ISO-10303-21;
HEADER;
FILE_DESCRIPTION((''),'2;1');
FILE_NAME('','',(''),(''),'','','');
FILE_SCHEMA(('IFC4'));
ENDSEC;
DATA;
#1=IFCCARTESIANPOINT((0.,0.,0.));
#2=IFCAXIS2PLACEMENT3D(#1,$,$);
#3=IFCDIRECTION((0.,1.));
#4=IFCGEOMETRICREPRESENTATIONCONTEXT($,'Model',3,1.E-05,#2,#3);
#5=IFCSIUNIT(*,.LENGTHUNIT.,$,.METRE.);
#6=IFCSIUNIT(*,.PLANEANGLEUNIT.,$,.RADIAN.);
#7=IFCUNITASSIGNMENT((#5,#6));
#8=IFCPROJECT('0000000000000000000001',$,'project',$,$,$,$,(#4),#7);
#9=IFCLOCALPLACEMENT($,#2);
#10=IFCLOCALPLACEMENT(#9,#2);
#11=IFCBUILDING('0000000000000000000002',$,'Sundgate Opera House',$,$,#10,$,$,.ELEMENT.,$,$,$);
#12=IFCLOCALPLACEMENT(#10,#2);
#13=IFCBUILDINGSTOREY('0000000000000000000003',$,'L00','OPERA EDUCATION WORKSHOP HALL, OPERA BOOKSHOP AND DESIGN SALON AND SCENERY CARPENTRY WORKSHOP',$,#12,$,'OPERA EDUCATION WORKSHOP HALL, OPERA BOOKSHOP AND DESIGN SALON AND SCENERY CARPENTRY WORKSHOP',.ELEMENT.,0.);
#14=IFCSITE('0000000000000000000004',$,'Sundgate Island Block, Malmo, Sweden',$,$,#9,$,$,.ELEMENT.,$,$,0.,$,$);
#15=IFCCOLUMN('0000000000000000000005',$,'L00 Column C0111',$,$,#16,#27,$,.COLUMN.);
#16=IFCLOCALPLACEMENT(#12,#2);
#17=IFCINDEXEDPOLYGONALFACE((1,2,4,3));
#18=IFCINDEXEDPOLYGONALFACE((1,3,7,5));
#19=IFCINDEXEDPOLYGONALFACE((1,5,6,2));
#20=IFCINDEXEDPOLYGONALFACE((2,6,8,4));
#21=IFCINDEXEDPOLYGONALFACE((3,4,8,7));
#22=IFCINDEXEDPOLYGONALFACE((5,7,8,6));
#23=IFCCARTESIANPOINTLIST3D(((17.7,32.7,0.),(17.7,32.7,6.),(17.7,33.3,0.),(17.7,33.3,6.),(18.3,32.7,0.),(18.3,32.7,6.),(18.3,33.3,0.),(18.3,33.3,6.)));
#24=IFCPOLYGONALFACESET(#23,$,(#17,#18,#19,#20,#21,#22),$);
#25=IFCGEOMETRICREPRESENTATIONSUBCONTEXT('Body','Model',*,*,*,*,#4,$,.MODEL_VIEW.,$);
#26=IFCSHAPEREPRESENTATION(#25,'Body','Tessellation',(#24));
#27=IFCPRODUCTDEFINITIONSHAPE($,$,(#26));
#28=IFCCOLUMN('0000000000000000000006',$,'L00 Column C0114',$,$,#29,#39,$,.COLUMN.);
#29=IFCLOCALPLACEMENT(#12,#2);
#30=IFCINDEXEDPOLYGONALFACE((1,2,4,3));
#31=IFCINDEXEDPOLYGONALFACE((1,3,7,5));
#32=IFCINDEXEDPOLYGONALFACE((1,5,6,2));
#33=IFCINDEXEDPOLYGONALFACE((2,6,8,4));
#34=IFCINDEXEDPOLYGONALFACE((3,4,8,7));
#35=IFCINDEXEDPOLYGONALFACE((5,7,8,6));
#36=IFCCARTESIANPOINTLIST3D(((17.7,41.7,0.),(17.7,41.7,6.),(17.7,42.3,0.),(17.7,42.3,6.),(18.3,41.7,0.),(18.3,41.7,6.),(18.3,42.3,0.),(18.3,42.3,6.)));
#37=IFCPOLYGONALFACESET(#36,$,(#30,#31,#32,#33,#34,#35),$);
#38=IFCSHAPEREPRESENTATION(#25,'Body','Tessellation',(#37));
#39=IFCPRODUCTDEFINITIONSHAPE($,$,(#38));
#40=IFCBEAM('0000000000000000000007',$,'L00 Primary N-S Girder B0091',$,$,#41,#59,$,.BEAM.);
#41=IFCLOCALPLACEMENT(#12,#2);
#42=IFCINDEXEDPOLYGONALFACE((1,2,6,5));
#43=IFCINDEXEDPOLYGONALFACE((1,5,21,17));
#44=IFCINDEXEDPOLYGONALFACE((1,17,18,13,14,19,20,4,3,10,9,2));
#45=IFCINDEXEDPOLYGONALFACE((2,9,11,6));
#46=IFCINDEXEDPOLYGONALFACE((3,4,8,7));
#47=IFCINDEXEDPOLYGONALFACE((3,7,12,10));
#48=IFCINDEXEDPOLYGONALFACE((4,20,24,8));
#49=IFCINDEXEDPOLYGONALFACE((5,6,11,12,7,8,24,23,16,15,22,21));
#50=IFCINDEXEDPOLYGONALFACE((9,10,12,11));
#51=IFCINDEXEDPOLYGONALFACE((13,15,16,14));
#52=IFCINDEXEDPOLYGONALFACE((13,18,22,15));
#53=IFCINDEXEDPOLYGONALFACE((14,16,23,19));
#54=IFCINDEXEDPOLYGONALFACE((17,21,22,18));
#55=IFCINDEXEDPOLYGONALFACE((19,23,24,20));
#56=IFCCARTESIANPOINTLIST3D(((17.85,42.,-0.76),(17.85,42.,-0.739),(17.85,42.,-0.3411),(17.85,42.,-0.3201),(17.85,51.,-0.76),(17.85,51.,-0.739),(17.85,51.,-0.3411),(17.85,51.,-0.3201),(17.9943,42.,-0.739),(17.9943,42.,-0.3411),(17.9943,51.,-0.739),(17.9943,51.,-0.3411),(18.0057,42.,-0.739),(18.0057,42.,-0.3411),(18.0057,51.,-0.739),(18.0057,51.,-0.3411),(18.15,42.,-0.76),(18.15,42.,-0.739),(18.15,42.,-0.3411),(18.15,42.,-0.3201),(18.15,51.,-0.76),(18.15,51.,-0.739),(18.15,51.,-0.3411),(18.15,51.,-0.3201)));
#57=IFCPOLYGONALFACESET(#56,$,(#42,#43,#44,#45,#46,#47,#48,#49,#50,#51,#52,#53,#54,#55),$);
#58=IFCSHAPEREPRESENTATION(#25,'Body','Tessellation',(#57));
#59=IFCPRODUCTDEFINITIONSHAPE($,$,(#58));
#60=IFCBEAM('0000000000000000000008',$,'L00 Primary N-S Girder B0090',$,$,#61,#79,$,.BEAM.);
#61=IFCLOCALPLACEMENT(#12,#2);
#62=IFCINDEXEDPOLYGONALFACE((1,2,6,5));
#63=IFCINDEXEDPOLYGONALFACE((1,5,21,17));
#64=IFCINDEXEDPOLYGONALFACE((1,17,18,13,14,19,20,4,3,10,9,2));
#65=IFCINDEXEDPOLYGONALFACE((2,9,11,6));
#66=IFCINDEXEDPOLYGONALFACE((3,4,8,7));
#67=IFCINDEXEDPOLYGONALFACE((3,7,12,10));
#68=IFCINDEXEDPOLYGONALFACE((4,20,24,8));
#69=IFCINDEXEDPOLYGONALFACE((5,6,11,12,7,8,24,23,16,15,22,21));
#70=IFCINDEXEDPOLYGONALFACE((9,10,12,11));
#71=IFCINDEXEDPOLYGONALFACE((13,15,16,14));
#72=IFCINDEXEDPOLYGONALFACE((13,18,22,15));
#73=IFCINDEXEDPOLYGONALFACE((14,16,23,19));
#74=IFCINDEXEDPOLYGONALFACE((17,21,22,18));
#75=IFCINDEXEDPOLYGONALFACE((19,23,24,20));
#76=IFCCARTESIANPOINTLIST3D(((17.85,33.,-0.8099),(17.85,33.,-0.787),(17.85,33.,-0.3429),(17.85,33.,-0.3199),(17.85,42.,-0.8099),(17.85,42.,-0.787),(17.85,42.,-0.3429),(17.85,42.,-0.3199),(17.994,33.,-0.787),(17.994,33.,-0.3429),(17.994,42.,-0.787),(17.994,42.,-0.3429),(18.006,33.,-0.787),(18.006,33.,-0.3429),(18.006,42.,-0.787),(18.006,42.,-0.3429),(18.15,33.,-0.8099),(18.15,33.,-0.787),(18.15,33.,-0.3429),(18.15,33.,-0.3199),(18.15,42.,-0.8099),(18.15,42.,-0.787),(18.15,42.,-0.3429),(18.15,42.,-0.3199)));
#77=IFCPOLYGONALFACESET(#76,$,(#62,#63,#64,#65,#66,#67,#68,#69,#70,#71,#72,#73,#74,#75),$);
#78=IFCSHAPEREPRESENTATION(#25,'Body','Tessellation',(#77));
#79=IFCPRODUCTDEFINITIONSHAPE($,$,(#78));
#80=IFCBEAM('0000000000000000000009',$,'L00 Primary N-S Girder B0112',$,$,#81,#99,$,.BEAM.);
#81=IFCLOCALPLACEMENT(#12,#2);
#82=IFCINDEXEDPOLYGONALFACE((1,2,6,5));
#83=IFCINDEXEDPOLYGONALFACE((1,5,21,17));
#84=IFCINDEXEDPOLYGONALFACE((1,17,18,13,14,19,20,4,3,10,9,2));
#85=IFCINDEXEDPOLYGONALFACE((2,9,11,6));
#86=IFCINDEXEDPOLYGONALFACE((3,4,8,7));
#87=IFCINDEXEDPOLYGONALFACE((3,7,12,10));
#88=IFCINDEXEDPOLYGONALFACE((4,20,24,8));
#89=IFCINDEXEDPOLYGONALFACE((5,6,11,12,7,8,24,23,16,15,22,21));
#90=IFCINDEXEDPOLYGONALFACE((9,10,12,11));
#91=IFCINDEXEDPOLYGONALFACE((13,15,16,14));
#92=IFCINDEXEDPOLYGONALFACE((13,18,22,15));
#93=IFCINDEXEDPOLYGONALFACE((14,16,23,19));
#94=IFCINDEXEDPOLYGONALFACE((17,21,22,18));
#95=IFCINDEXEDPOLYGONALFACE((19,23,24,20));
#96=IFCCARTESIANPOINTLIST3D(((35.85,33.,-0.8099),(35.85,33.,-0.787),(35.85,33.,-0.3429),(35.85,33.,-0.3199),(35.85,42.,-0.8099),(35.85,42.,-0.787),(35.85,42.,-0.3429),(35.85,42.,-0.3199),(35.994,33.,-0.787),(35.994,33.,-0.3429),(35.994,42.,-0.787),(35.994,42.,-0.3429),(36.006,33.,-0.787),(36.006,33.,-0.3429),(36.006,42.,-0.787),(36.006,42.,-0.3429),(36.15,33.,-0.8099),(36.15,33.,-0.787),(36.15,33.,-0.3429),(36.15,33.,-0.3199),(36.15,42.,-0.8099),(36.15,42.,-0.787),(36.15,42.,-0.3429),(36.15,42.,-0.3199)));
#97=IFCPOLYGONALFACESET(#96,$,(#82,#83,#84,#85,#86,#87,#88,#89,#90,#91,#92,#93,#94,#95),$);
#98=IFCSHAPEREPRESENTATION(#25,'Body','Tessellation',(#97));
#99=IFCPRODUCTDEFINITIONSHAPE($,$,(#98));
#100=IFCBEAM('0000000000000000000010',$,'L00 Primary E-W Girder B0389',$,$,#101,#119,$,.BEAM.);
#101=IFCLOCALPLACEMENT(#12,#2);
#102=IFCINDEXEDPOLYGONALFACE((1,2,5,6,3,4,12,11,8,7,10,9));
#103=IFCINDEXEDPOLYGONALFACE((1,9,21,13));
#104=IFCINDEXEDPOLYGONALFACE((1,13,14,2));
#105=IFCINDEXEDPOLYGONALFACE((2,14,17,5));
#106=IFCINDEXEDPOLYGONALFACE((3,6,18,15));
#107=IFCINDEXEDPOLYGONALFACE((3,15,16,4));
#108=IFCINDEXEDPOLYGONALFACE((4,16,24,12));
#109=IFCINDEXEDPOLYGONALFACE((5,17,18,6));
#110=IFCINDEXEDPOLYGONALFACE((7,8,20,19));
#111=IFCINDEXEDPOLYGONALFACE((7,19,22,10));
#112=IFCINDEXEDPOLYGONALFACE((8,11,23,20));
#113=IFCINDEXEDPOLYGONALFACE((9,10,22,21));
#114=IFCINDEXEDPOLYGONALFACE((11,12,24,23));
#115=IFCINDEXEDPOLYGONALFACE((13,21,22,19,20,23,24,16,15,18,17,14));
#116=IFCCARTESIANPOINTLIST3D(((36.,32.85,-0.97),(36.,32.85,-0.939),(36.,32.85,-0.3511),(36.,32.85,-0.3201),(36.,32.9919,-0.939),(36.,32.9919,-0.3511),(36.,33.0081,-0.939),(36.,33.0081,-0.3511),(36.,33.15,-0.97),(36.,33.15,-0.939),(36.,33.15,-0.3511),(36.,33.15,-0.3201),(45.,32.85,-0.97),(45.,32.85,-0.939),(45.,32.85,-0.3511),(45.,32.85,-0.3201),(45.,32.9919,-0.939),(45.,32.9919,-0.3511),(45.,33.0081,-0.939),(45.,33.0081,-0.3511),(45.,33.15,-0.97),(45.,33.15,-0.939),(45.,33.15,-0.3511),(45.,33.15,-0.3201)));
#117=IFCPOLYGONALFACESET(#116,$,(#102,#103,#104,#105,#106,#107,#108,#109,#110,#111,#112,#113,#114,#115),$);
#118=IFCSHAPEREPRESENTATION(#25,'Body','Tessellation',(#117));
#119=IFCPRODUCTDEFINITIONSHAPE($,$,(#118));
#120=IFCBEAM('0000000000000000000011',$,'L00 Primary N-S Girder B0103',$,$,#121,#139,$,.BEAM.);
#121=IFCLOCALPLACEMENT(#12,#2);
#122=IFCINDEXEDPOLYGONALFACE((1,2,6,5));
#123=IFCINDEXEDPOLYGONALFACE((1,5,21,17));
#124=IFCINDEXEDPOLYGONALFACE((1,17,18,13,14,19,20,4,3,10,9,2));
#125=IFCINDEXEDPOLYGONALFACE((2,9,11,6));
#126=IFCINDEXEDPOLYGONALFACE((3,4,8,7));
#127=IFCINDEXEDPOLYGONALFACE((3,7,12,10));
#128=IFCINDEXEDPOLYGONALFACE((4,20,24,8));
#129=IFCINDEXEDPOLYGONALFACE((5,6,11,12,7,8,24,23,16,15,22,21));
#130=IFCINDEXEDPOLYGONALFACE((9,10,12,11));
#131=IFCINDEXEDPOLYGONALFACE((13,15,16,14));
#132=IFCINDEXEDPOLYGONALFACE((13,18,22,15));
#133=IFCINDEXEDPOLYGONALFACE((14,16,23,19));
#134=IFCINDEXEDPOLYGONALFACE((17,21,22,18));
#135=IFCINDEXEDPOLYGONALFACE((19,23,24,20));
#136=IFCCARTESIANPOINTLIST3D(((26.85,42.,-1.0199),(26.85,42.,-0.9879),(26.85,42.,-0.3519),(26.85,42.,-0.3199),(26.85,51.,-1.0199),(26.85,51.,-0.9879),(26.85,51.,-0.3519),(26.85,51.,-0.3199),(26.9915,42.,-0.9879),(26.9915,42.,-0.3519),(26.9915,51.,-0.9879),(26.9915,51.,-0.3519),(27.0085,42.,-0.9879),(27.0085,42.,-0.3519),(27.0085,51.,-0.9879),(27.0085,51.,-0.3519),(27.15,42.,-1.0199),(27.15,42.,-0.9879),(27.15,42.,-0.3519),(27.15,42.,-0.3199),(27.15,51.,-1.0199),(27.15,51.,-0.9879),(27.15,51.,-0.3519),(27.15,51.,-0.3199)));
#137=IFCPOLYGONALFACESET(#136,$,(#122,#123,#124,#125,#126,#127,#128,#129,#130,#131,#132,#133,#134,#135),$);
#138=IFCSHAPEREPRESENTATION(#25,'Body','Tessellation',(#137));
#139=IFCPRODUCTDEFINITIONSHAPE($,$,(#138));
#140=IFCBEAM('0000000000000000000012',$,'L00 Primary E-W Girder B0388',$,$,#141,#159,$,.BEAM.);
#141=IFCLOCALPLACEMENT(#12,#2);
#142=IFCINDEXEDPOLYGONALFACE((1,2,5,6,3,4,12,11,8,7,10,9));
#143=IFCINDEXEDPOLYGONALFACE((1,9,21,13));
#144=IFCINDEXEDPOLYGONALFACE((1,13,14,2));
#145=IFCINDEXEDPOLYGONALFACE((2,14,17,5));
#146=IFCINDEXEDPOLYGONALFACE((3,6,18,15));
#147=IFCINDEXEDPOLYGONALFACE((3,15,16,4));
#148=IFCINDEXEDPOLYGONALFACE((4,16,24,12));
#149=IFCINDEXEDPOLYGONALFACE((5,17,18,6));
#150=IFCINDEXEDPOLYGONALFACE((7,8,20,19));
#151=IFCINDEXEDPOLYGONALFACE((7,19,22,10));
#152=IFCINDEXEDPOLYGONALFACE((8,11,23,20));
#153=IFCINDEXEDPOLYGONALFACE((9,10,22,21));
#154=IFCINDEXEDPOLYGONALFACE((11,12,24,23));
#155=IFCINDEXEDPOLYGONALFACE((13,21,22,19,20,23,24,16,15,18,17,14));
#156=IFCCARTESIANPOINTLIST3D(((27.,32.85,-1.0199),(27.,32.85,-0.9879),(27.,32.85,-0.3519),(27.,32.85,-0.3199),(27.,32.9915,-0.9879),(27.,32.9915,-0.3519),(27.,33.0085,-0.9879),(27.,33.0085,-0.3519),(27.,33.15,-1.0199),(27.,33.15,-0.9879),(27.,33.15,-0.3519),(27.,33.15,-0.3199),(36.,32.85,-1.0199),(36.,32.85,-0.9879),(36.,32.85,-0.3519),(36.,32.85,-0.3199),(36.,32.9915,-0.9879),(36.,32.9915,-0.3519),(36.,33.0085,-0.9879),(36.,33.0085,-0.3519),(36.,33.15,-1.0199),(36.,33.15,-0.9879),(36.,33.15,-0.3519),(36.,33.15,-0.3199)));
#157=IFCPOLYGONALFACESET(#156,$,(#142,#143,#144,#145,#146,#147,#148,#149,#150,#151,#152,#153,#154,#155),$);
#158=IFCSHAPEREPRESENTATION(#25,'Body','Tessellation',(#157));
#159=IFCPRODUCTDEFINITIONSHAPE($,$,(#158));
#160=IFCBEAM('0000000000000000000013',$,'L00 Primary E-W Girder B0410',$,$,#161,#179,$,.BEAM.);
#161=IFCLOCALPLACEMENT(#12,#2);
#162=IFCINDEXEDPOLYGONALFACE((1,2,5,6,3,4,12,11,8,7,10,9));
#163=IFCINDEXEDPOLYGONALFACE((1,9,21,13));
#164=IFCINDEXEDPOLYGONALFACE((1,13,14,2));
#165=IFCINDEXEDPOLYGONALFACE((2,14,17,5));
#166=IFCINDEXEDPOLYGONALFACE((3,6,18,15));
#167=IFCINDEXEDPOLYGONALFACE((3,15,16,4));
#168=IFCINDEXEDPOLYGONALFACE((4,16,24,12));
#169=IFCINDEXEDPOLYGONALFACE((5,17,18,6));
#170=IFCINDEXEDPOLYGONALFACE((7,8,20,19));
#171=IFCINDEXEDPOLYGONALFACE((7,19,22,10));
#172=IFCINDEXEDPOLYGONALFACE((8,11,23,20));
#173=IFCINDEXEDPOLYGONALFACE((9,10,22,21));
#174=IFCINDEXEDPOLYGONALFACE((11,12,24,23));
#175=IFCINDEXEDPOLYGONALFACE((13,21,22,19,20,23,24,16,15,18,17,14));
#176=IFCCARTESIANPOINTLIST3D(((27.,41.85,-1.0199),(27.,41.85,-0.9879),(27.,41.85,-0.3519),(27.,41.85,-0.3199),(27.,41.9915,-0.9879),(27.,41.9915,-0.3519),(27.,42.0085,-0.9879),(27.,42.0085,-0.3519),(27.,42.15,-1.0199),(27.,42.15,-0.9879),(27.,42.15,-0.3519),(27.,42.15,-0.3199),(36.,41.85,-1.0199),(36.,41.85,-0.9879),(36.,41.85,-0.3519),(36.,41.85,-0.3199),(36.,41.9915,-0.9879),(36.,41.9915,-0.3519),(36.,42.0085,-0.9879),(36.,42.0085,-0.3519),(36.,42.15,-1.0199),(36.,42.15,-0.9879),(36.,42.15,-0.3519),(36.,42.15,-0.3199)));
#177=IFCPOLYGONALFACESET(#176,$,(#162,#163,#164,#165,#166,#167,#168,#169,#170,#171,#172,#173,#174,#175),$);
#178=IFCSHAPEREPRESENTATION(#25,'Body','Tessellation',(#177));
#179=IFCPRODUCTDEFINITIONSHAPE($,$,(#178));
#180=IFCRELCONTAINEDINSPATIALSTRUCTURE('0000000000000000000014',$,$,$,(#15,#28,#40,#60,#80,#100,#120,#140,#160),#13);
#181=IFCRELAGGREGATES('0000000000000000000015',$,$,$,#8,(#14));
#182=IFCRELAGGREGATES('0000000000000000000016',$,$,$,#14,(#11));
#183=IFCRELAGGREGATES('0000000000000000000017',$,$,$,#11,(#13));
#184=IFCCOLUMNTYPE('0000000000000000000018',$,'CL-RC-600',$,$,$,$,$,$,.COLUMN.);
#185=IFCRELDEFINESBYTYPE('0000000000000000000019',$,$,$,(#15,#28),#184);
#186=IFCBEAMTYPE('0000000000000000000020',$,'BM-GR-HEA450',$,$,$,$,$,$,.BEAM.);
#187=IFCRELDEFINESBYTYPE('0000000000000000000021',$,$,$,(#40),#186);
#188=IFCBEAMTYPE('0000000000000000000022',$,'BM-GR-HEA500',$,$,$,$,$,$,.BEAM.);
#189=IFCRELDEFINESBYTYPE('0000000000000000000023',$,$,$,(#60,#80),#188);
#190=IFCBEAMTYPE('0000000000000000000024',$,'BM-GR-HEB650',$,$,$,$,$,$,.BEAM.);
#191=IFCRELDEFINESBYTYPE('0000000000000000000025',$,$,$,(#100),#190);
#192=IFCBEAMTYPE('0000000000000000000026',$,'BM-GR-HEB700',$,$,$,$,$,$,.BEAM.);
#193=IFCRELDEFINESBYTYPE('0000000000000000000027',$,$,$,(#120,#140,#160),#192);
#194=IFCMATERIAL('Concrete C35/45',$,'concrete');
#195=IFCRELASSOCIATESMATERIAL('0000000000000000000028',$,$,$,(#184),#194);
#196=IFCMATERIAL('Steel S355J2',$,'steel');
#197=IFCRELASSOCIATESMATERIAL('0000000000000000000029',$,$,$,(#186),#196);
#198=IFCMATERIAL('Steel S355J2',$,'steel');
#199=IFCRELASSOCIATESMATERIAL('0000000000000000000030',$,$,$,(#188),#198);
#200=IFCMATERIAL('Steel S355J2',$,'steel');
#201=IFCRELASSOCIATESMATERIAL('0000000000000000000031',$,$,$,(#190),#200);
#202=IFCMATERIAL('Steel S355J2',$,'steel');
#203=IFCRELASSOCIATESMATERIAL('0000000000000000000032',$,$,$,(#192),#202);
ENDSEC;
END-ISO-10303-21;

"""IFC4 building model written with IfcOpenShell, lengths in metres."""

from ifc_helpers import new_model, si_unit, direction, frame, origin, origin_2d, place, context, subcontext, project, spatial, rectangle, i_section, extrude, material, material_profile, profile_set, type_object, element, save


model = new_model("IFC4")

# Units and contexts
model_context = context("Model", 3, precision=1e-05, world=origin(), true_north=direction((0.0, 1.0)))
body_context = subcontext(model_context, "Body", "Model", "MODEL_VIEW")
ifc_project = project(units=[si_unit("LENGTHUNIT", "METRE"), si_unit("PLANEANGLEUNIT", "RADIAN")], contexts=[model_context])

# Site, building, storey
site_placement = place(None, origin())
site = spatial("IfcSite", under=ifc_project, at=site_placement, Name="Sundgate Island Block, Malmo, Sweden", CompositionType="ELEMENT", RefElevation=0.0)
building_placement = place(site_placement, origin())
building = spatial("IfcBuilding", under=site, at=building_placement, Name="Sundgate Opera House", CompositionType="ELEMENT")
storey_placement = place(building_placement, origin())
storey = spatial("IfcBuildingStorey", under=building, at=storey_placement, Name="L00", Description="OPERA EDUCATION WORKSHOP HALL, OPERA BOOKSHOP AND DESIGN SALON AND SCENERY CARPENTRY WORKSHOP", LongName="OPERA EDUCATION WORKSHOP HALL, OPERA BOOKSHOP AND DESIGN SALON AND SCENERY CARPENTRY WORKSHOP", CompositionType="ELEMENT", Elevation=0.0)

# Columns
ifc_material_1 = material(Name="Concrete C35/45", Category="concrete")
ifc_material_profile_1 = material_profile(ifc_material_1, rectangle(XDim=0.6001, YDim=0.6001, at=origin_2d()), Name="RC 600x600")
ifc_profile_set_1 = profile_set([ifc_material_profile_1], Name="Concrete C35/45")
column_type = type_object("IfcColumnType", Name="CL-RC-600", PredefinedType="COLUMN", material=ifc_profile_set_1)
for number, where, z_axis, x_axis, name in (
    (1, (18.0, 33.0, 0.0), (0.0, 0.0, 1.0), (1.0, 0.0, 0.0), "L00 Column C0111"),
    (2, (18.0, 42.0, 0.0), (0.0, 0.0, 1.0), (1.0, 0.0, 0.0), "L00 Column C0114"),
):
    element("IfcColumn", number, at=place(storey_placement, frame(where, z_axis=z_axis, x_axis=x_axis)), inside=storey, type_object=column_type, Name=name, PredefinedType="COLUMN", context=body_context, shape_type="SweptSolid", body=[
        extrude(rectangle(XDim=0.6001, YDim=0.6001, at=origin_2d()), origin(), (0.0, 0.0, 1.0), 6.0),
    ])

# Beams
ifc_material_2 = material(Name="Steel S355J2", Category="steel")
ifc_material_profile_2 = material_profile(ifc_material_2, i_section(OverallWidth=0.3, OverallDepth=0.4399, WebThickness=0.0115, FlangeThickness=0.021, at=origin_2d()), Name="HEA 450")
ifc_profile_set_2 = profile_set([ifc_material_profile_2], Name="Steel S355J2")
beam_type_1 = type_object("IfcBeamType", Name="BM-GR-HEA450", PredefinedType="BEAM", material=ifc_profile_set_2)
beam_1_placement = place(storey_placement, frame((18.0, 42.0, -0.54), z_axis=(0.0, 1.0, 0.0), x_axis=(-1.0, 0.0, 0.0)))
element("IfcBeam", 3, at=beam_1_placement, inside=storey, type_object=beam_type_1, Name="L00 Primary N-S Girder B0091", PredefinedType="BEAM", context=body_context, shape_type="SweptSolid", body=[
    extrude(i_section(OverallWidth=0.3, OverallDepth=0.4399, WebThickness=0.0115, FlangeThickness=0.021, at=origin_2d()), origin(), (0.0, 0.0, 1.0), 9.0),
])
ifc_material_3 = material(Name="Steel S355J2", Category="steel")
ifc_material_profile_3 = material_profile(ifc_material_3, i_section(OverallWidth=0.3, OverallDepth=0.49, WebThickness=0.012, FlangeThickness=0.0229, at=origin_2d()), Name="HEA 500")
ifc_profile_set_3 = profile_set([ifc_material_profile_3], Name="Steel S355J2")
beam_type_2 = type_object("IfcBeamType", Name="BM-GR-HEA500", PredefinedType="BEAM", material=ifc_profile_set_3)
for number, where, z_axis, x_axis, name in (
    (4, (18.0, 33.0, -0.5649), (0.0, 1.0, 0.0), (-1.0, 0.0, 0.0), "L00 Primary N-S Girder B0090"),
    (5, (36.0, 33.0, -0.5649), (0.0, 1.0, 0.0), (-1.0, 0.0, 0.0), "L00 Primary N-S Girder B0112"),
):
    element("IfcBeam", number, at=place(storey_placement, frame(where, z_axis=z_axis, x_axis=x_axis)), inside=storey, type_object=beam_type_2, Name=name, PredefinedType="BEAM", context=body_context, shape_type="SweptSolid", body=[
        extrude(i_section(OverallWidth=0.3, OverallDepth=0.49, WebThickness=0.012, FlangeThickness=0.0229, at=origin_2d()), origin(), (0.0, 0.0, 1.0), 9.0),
    ])
ifc_material_4 = material(Name="Steel S355J2", Category="steel")
ifc_material_profile_4 = material_profile(ifc_material_4, i_section(OverallWidth=0.3, OverallDepth=0.6499, WebThickness=0.0161, FlangeThickness=0.031, at=origin_2d()), Name="HEB 650")
ifc_profile_set_4 = profile_set([ifc_material_profile_4], Name="Steel S355J2")
beam_type_3 = type_object("IfcBeamType", Name="BM-GR-HEB650", PredefinedType="BEAM", material=ifc_profile_set_4)
beam_2_placement = place(storey_placement, frame((36.0, 33.0, -0.645), z_axis=(1.0, 0.0, 0.0), x_axis=(0.0, 1.0, 0.0)))
element("IfcBeam", 6, at=beam_2_placement, inside=storey, type_object=beam_type_3, Name="L00 Primary E-W Girder B0389", PredefinedType="BEAM", context=body_context, shape_type="SweptSolid", body=[
    extrude(i_section(OverallWidth=0.3, OverallDepth=0.6499, WebThickness=0.0161, FlangeThickness=0.031, at=origin_2d()), origin(), (0.0, 0.0, 1.0), 9.0),
])
ifc_material_5 = material(Name="Steel S355J2", Category="steel")
ifc_material_profile_5 = material_profile(ifc_material_5, i_section(OverallWidth=0.3, OverallDepth=0.7, WebThickness=0.0171, FlangeThickness=0.032, at=origin_2d()), Name="HEB 700")
ifc_profile_set_5 = profile_set([ifc_material_profile_5], Name="Steel S355J2")
beam_type_4 = type_object("IfcBeamType", Name="BM-GR-HEB700", PredefinedType="BEAM", material=ifc_profile_set_5)
for number, where, z_axis, x_axis, name in (
    (7, (27.0, 42.0, -0.6699), (0.0, 1.0, 0.0), (-1.0, 0.0, 0.0), "L00 Primary N-S Girder B0103"),
    (8, (27.0, 33.0, -0.6699), (1.0, 0.0, 0.0), (0.0, 1.0, 0.0), "L00 Primary E-W Girder B0388"),
    (9, (27.0, 42.0, -0.6699), (1.0, 0.0, 0.0), (0.0, 1.0, 0.0), "L00 Primary E-W Girder B0410"),
):
    element("IfcBeam", number, at=place(storey_placement, frame(where, z_axis=z_axis, x_axis=x_axis)), inside=storey, type_object=beam_type_4, Name=name, PredefinedType="BEAM", context=body_context, shape_type="SweptSolid", body=[
        extrude(i_section(OverallWidth=0.3, OverallDepth=0.7, WebThickness=0.0171, FlangeThickness=0.032, at=origin_2d()), origin(), (0.0, 0.0, 1.0), 9.0),
    ])

save(model, "model.ifc")
